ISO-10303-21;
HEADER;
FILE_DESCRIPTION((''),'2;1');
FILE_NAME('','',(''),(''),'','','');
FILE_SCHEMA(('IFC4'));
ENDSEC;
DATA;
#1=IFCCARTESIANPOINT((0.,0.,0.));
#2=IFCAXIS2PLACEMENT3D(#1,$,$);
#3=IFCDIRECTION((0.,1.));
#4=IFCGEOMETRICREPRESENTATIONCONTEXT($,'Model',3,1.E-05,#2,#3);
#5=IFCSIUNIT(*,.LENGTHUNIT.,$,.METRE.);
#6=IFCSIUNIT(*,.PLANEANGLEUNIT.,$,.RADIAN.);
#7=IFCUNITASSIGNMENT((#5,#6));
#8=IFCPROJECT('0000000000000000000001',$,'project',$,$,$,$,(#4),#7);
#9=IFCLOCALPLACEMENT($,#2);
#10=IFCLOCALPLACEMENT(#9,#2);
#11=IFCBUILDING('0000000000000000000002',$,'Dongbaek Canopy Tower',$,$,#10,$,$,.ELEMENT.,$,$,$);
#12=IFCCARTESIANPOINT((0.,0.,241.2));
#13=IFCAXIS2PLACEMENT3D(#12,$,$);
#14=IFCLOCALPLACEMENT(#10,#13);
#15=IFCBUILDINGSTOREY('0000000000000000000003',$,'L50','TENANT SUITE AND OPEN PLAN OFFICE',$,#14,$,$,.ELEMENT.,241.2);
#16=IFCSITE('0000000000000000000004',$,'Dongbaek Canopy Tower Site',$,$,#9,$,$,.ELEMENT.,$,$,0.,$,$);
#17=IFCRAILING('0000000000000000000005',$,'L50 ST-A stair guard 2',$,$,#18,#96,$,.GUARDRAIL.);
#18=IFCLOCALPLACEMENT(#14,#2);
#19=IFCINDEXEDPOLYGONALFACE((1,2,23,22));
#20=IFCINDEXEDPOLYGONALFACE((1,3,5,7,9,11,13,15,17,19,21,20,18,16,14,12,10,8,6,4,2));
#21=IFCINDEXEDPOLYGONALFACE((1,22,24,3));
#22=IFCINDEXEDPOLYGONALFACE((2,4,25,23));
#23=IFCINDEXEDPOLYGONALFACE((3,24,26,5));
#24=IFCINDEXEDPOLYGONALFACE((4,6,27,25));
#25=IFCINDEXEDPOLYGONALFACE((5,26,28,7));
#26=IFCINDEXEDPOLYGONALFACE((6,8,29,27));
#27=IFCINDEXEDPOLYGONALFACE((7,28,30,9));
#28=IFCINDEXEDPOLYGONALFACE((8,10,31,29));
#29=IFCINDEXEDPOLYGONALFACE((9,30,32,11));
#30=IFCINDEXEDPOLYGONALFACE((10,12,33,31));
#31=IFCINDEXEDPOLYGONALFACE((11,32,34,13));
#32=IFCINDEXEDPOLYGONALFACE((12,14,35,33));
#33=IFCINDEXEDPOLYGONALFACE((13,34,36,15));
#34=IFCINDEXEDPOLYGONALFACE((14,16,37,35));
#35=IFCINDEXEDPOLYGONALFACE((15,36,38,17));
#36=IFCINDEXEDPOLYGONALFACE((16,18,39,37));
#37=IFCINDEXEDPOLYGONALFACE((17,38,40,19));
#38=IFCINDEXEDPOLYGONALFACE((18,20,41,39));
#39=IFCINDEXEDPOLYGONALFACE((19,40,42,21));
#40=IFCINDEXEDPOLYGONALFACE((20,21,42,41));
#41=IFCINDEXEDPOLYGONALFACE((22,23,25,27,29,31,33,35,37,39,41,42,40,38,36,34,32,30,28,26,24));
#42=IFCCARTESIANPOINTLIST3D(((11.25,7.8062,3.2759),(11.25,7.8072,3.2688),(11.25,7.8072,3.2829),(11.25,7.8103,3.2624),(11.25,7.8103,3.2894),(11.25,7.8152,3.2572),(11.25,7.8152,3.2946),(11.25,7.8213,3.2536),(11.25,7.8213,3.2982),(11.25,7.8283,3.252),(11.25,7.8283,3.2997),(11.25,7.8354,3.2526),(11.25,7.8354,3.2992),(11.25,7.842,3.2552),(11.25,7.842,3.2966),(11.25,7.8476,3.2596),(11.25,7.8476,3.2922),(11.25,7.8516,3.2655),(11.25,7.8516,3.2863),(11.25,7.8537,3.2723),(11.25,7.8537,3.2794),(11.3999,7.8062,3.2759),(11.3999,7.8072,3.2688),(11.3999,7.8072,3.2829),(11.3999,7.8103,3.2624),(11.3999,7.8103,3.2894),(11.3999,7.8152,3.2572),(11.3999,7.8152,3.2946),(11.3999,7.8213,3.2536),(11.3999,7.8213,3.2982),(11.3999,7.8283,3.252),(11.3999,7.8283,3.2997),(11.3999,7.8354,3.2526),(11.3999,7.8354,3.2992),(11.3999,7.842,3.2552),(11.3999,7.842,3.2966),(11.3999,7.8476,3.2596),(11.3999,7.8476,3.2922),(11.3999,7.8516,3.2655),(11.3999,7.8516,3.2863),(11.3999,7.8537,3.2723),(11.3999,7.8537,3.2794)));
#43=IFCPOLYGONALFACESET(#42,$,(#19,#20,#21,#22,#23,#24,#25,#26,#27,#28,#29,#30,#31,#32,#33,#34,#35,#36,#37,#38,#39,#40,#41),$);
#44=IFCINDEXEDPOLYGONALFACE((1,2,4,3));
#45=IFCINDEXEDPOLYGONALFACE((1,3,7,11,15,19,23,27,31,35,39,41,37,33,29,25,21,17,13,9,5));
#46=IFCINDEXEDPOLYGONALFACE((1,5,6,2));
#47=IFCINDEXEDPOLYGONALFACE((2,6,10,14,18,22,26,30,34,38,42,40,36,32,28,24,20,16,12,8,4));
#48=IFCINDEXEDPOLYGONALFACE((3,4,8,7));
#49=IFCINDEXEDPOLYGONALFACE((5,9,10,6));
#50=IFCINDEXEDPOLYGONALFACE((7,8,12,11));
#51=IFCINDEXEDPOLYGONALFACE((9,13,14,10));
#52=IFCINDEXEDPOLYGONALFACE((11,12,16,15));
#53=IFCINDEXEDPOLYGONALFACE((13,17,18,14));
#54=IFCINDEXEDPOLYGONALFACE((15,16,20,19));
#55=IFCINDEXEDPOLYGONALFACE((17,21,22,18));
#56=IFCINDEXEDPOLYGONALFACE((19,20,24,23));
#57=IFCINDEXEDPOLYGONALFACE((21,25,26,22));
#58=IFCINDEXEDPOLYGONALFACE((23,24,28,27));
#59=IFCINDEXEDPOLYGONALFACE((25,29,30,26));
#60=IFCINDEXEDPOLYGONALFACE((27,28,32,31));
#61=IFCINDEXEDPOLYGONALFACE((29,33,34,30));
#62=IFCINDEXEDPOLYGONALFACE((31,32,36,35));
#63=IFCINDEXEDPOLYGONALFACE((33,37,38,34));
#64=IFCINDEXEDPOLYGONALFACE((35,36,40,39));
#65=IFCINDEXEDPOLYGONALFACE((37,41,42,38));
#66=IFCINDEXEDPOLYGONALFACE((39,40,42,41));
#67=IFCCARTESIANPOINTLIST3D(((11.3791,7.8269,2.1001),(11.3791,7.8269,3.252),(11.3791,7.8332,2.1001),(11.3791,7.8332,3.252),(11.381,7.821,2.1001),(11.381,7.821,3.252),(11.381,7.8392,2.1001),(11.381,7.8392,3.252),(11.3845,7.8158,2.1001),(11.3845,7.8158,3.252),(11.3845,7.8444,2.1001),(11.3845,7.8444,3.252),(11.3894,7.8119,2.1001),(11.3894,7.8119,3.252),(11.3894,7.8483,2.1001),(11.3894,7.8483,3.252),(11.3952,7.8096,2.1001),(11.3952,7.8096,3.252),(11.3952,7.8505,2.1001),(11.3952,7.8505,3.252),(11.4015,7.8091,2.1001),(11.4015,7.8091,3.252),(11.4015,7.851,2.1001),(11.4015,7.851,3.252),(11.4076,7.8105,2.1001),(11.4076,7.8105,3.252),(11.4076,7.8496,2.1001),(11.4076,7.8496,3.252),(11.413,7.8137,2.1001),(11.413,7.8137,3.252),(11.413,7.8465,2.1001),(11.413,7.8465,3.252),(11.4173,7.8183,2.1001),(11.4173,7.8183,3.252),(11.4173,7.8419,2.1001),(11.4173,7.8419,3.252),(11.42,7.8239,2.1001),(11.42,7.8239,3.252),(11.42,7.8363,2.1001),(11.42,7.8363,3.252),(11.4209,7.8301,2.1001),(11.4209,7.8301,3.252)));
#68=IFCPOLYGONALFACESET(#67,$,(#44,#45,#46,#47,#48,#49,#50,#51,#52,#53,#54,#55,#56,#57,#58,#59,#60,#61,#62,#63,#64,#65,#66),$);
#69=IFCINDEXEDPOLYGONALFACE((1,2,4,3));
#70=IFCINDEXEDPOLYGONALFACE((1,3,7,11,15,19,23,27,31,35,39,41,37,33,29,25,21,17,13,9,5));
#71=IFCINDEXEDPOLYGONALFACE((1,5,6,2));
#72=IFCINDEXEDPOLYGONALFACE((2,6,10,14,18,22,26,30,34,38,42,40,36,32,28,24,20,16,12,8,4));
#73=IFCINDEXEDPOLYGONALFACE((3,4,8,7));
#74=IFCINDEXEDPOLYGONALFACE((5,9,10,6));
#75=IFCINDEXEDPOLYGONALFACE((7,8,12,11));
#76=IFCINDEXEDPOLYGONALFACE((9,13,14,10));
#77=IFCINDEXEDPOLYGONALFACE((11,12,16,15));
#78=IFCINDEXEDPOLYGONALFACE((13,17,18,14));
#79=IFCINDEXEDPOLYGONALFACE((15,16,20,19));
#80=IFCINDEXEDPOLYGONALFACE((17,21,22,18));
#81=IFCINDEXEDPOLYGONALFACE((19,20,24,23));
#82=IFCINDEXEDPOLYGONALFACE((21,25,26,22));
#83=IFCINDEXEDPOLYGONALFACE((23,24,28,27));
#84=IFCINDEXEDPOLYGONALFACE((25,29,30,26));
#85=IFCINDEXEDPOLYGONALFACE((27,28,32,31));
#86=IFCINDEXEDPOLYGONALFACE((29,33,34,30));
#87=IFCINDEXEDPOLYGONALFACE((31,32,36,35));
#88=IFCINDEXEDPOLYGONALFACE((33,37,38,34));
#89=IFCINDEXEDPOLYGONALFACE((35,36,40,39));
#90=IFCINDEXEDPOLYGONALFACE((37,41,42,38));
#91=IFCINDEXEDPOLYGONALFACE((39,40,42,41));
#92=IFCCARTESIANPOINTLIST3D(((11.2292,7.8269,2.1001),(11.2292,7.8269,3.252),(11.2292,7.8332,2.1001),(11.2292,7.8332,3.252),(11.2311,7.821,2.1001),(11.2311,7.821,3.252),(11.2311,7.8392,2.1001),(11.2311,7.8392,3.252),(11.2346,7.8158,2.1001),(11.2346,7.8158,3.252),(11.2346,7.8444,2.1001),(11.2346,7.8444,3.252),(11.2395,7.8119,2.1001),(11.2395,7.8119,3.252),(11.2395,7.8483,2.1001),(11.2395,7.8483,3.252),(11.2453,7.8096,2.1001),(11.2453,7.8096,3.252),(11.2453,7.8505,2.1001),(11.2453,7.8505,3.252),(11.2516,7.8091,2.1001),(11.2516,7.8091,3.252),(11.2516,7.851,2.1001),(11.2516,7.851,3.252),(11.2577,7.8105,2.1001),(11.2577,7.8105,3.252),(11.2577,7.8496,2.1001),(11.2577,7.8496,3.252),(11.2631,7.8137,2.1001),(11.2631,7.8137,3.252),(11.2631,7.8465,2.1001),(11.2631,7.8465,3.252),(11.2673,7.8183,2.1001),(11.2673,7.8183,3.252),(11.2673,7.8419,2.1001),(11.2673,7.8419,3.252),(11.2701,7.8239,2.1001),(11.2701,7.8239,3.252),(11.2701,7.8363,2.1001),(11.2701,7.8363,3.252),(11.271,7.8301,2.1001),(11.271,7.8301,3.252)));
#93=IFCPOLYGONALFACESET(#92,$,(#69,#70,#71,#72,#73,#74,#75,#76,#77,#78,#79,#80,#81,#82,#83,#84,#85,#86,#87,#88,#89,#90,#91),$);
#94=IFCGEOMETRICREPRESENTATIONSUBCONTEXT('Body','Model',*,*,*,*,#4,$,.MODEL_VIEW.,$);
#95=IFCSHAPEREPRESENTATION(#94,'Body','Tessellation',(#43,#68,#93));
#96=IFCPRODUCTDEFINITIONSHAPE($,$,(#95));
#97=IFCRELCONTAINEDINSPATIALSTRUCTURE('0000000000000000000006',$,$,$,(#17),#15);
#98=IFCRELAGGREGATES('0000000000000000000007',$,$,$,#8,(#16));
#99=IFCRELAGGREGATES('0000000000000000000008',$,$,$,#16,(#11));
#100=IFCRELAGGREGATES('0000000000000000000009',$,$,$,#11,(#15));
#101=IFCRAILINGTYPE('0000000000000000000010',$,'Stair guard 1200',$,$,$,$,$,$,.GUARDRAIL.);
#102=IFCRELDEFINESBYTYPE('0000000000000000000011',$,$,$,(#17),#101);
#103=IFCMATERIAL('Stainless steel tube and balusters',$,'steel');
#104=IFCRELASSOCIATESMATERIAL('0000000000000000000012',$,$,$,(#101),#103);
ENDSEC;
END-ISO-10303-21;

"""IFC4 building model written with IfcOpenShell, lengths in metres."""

from ifc_helpers import new_model, si_unit, direction, frame, origin, origin_2d, place, context, subcontext, project, spatial, circle, extrude, material, type_object, element, save


model = new_model("IFC4")

# Units and contexts
model_context = context("Model", 3, precision=1e-05, world=origin(), true_north=direction((0.0, 1.0)))
body_context = subcontext(model_context, "Body", "Model", "MODEL_VIEW")
ifc_project = project(units=[si_unit("LENGTHUNIT", "METRE"), si_unit("PLANEANGLEUNIT", "RADIAN")], contexts=[model_context])

# Site, building, storey
site_placement = place(None, origin())
site = spatial("IfcSite", under=ifc_project, at=site_placement, Name="Dongbaek Canopy Tower Site", CompositionType="ELEMENT", RefElevation=0.0)
building_placement = place(site_placement, origin())
building = spatial("IfcBuilding", under=site, at=building_placement, Name="Dongbaek Canopy Tower", CompositionType="ELEMENT")
storey_placement = place(building_placement, frame((0.0, 0.0, 241.2)))
storey = spatial("IfcBuildingStorey", under=building, at=storey_placement, Name="L50", Description="TENANT SUITE AND OPEN PLAN OFFICE", CompositionType="ELEMENT", Elevation=241.2)

# Railing
ifc_material_1 = material(Name="Stainless steel tube and balusters", Category="steel")
railing_type_1 = type_object("IfcRailingType", Name="Stair guard 1200", PredefinedType="GUARDRAIL", material=ifc_material_1)
railing_1_placement = place(storey_placement, frame((11.3999, 7.8301, 2.1001)))
element("IfcRailing", 1, at=railing_1_placement, inside=storey, type_object=railing_type_1, Name="L50 ST-A stair guard 2", PredefinedType="GUARDRAIL", context=body_context, shape_type="SweptSolid", body=[
    extrude(circle(Radius=0.0239, at=origin_2d()), frame((0.0, 0.0, 1.1758), z_axis=(-1.0, 0.0, 0.0), x_axis=(0.0, -1.0, 0.0)), (0.0, 0.0, 1.0), 0.1499),
    extrude(circle(Radius=0.021, at=origin_2d()), origin(), (0.0, 0.0, 1.0), 1.1519),
    extrude(circle(Radius=0.021, at=origin_2d()), frame((-0.1499, 0.0, 0.0)), (0.0, 0.0, 1.0), 1.1519),
])

save(model, "model.ifc")
